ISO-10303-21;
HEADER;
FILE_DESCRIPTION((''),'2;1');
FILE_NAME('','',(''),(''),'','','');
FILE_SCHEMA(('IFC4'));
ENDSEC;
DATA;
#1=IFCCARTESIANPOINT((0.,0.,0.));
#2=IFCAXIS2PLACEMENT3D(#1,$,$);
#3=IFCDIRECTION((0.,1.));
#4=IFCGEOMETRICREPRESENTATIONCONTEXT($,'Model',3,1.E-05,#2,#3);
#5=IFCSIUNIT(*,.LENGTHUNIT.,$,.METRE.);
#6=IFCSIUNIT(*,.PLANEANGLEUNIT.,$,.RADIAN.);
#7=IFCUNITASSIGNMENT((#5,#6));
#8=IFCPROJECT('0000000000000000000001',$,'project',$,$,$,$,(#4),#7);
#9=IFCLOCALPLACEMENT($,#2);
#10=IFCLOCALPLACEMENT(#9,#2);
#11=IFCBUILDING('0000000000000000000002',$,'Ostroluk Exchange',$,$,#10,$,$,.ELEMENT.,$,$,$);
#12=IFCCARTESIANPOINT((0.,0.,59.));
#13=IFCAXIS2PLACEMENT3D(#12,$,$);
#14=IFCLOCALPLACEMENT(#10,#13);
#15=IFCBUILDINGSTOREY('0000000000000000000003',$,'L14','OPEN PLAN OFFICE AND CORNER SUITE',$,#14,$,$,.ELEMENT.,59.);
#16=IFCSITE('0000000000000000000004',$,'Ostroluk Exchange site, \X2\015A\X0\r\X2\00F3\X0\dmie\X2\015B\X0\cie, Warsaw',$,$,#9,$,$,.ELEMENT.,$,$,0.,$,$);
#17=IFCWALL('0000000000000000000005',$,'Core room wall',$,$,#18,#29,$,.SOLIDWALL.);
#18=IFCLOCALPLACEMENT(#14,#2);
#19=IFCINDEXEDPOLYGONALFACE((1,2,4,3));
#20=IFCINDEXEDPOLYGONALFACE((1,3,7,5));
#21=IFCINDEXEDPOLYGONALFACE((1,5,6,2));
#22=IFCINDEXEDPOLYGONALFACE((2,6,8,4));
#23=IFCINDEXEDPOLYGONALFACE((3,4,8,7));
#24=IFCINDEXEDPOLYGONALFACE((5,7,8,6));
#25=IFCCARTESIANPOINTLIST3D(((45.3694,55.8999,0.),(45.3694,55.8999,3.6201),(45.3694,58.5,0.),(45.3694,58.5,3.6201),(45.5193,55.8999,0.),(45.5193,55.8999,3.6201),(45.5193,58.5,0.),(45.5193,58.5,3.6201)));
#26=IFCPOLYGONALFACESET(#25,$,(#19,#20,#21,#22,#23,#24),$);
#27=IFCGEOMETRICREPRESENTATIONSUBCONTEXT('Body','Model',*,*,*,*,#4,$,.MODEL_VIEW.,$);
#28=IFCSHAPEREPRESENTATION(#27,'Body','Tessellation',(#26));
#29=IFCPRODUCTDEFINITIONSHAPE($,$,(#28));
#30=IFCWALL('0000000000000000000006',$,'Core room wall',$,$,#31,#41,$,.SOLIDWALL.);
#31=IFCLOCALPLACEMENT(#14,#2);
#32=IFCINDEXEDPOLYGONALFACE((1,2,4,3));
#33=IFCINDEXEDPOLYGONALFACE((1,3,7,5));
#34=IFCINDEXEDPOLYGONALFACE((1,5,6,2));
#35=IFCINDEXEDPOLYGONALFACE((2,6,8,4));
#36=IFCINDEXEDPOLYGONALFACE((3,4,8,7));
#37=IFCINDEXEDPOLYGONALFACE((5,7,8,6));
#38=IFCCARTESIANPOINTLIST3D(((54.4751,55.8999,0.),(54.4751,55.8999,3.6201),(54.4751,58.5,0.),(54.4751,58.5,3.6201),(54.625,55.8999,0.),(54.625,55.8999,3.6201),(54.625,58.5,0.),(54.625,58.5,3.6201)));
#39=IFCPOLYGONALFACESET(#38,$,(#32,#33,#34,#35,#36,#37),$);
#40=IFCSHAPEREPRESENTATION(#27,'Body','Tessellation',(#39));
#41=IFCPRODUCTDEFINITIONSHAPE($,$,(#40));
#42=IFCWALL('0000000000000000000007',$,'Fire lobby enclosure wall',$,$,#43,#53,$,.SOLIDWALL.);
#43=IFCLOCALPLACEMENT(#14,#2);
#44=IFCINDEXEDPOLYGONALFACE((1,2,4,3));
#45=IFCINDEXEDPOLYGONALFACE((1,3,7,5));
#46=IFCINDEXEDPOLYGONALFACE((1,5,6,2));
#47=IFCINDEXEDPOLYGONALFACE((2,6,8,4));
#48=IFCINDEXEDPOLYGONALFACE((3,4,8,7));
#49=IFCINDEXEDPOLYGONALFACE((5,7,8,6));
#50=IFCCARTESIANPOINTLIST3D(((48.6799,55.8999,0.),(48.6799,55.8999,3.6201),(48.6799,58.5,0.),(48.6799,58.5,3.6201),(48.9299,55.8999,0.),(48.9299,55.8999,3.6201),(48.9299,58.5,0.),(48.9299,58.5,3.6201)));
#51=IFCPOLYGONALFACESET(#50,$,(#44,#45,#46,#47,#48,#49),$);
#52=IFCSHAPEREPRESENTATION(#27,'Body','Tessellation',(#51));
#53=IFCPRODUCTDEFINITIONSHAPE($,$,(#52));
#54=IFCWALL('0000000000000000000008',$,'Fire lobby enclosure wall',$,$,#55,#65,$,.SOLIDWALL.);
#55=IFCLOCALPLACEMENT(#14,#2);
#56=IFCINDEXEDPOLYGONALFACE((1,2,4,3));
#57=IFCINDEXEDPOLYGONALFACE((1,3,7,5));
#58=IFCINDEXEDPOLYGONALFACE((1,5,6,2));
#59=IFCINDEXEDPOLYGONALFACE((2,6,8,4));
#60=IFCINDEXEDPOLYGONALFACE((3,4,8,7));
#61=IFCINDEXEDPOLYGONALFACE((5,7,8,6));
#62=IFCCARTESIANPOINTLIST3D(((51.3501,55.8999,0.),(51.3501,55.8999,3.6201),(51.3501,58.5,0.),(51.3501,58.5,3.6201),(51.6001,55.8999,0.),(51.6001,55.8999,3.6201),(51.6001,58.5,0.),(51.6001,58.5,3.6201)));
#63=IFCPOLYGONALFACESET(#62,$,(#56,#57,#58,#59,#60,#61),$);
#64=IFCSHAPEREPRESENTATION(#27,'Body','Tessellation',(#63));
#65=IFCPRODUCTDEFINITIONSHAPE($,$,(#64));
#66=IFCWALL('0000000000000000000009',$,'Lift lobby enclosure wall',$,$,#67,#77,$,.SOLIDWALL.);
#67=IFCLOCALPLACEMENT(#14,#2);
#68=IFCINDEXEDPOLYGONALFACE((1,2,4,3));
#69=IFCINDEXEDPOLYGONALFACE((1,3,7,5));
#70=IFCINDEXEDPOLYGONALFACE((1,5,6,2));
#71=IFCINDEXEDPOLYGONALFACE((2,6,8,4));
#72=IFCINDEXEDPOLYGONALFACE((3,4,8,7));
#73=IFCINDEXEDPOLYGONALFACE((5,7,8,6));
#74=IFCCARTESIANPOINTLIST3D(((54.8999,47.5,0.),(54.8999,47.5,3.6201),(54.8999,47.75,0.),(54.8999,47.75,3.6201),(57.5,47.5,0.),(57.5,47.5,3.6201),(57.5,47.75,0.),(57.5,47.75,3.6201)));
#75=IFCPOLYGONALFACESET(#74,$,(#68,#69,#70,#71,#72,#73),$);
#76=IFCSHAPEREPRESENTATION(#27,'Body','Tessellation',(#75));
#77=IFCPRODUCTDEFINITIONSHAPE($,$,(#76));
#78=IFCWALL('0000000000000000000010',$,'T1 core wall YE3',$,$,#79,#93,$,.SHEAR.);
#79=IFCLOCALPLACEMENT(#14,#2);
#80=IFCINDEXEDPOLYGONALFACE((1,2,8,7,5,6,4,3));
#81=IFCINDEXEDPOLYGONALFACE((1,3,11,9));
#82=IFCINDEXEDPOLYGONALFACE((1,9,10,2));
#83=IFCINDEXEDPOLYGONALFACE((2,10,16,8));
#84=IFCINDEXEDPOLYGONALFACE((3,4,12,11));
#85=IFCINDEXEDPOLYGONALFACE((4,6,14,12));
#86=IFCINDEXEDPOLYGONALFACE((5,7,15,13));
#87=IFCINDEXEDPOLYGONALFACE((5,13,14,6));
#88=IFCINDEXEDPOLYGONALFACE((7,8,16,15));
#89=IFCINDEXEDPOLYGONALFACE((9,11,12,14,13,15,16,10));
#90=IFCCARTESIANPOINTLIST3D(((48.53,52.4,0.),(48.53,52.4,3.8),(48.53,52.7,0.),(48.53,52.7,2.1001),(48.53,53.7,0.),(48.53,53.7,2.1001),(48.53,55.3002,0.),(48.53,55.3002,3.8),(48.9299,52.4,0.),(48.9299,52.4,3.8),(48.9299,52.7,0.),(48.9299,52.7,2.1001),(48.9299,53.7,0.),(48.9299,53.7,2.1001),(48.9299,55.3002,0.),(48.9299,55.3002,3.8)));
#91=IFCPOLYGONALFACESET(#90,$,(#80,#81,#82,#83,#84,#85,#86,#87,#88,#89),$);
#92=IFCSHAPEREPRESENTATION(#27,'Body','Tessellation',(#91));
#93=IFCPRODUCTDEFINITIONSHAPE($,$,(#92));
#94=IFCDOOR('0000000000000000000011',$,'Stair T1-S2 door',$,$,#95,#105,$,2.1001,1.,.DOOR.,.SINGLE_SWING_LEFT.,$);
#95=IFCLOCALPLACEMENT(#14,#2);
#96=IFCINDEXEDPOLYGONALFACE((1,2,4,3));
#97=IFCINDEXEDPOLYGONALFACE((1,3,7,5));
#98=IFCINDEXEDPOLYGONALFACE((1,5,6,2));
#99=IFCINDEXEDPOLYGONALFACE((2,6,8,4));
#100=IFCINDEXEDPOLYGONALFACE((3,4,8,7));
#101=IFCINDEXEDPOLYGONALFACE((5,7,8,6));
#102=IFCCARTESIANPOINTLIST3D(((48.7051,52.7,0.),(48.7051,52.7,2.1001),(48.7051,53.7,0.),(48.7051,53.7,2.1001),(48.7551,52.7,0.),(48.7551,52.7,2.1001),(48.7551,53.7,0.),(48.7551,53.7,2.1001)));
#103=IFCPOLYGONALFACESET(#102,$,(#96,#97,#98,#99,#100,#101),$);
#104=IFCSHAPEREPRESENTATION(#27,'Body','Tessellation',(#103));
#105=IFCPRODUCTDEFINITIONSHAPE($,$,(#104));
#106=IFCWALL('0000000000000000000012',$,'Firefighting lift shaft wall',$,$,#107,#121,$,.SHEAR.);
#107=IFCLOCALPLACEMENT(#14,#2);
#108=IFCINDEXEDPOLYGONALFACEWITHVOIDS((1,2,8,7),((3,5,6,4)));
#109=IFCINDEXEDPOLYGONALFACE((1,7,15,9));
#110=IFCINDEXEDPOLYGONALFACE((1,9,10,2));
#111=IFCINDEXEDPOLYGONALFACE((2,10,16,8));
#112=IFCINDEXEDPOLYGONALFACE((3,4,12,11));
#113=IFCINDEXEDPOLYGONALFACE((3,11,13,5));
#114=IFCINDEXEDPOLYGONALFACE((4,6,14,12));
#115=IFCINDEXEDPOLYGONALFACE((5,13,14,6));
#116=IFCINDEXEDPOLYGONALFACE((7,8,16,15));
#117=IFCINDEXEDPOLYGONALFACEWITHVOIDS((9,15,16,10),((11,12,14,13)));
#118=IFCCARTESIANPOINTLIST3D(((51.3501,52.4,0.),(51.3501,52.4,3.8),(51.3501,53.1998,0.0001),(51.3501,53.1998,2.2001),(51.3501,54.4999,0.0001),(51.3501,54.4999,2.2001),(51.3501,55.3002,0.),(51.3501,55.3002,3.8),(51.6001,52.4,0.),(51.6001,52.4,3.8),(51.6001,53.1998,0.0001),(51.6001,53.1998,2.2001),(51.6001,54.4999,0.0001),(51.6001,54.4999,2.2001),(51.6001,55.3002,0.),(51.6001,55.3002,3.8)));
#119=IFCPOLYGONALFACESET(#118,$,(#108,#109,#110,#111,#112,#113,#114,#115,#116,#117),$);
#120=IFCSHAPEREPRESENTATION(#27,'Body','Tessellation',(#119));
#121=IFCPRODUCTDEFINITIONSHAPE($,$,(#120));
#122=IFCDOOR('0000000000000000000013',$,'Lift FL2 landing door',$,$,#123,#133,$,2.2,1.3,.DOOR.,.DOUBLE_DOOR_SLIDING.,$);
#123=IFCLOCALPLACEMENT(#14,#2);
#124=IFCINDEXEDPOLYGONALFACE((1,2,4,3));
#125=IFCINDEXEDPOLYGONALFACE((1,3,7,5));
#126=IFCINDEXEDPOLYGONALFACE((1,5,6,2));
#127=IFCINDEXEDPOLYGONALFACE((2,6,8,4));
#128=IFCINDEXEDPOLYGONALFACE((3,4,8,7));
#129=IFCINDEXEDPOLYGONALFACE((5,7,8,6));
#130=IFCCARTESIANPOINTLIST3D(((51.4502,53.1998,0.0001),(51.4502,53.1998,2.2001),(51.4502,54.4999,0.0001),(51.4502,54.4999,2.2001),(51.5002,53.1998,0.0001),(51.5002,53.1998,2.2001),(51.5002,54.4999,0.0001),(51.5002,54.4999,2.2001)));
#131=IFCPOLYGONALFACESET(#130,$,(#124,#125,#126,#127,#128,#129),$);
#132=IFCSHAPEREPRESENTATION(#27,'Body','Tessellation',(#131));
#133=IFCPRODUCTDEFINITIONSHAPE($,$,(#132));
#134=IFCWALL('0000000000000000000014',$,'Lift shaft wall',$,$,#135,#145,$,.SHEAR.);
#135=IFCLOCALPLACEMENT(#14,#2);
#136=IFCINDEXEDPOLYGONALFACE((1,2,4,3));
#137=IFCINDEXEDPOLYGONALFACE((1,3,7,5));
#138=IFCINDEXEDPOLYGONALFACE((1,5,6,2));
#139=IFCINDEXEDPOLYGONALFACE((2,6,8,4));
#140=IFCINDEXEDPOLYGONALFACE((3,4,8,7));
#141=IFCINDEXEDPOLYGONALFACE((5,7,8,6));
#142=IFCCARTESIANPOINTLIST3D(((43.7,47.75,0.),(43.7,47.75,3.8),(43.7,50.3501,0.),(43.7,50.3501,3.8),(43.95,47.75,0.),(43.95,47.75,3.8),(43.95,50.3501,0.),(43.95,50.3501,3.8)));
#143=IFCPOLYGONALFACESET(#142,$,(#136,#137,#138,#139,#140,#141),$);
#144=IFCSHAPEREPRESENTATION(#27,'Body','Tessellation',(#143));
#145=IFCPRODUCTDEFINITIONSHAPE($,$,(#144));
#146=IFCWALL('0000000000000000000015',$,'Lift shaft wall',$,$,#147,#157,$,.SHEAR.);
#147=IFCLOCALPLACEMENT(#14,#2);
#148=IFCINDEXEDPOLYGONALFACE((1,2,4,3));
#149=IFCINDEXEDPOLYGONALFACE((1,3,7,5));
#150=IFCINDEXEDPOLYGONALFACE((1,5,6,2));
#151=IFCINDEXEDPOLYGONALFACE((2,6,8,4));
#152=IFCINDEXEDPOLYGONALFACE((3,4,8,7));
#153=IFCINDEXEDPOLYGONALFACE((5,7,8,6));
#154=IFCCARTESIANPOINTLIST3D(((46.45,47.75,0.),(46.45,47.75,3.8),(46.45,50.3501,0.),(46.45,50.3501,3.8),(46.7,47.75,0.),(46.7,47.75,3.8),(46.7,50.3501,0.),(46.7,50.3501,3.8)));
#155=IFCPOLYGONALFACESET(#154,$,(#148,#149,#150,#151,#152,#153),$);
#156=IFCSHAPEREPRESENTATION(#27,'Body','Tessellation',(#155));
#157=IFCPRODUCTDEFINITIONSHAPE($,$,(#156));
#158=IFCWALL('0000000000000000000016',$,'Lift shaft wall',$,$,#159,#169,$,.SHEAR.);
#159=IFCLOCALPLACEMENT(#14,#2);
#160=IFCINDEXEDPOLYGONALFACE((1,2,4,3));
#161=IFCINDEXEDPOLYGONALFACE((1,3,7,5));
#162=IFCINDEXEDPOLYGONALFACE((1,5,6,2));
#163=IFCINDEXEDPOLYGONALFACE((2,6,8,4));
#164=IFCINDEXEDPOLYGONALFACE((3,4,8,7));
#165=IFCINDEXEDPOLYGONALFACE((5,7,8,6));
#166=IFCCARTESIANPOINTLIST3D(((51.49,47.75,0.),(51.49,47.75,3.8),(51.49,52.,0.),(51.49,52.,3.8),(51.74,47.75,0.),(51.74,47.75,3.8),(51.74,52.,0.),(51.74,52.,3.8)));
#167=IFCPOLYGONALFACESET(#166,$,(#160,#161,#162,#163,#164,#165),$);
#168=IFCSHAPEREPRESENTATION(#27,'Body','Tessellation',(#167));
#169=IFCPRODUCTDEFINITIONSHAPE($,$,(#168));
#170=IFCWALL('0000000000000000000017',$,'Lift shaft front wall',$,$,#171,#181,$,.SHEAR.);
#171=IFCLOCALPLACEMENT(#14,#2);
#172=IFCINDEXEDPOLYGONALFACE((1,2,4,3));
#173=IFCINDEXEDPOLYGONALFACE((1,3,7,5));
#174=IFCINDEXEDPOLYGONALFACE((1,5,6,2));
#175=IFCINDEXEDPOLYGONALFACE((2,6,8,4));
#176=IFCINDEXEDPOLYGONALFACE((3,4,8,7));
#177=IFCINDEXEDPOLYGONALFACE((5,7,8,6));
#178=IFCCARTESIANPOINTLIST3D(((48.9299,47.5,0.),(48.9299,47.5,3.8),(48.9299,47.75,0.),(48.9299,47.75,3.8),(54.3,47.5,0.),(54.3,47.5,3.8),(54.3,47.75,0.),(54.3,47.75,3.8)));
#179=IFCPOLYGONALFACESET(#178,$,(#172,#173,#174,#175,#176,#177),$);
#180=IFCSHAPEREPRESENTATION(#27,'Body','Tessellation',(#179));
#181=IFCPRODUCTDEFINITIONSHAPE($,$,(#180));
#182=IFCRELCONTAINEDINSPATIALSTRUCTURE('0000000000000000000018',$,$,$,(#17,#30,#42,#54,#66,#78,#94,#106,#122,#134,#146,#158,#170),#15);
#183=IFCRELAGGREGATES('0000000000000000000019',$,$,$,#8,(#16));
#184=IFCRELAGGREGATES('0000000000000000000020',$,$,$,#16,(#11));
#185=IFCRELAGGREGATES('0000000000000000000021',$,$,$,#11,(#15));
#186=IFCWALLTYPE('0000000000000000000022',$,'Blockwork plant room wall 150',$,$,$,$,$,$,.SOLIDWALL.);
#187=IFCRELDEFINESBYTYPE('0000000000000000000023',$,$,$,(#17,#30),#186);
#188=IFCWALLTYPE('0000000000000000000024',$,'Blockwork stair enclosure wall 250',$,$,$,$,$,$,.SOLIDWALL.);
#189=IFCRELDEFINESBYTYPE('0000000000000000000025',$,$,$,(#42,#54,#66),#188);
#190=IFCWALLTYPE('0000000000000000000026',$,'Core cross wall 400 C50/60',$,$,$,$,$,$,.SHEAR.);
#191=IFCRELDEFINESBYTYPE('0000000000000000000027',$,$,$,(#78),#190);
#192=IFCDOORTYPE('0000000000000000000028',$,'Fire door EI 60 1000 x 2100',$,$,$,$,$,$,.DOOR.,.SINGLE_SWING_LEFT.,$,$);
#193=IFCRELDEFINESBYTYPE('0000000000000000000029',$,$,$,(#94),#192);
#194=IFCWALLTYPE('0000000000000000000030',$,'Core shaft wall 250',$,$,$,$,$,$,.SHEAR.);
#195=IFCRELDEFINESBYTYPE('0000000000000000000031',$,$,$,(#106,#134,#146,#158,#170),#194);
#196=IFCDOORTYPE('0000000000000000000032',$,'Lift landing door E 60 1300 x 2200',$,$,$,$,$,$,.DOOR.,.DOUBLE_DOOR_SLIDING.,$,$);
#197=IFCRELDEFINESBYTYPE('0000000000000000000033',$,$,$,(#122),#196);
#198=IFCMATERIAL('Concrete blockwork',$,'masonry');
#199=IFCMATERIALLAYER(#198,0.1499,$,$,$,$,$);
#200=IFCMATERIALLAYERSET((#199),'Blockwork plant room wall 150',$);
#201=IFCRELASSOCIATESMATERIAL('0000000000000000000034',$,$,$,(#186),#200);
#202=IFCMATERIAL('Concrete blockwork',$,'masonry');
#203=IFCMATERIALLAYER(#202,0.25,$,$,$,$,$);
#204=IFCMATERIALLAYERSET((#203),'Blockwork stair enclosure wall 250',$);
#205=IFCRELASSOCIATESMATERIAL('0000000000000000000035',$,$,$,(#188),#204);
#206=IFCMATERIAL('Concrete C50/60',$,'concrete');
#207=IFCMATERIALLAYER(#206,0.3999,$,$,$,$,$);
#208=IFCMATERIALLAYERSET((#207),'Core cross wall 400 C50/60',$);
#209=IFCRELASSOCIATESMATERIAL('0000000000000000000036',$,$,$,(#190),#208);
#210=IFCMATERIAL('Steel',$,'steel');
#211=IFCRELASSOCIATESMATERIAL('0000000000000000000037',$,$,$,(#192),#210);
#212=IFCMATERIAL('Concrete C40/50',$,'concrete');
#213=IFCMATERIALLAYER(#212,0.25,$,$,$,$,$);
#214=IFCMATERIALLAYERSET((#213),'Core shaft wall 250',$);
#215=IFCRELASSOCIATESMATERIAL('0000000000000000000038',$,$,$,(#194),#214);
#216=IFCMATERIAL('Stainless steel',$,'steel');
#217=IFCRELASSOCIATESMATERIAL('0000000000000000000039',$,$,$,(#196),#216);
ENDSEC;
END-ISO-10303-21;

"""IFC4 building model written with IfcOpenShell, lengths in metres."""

from ifc_helpers import new_model, si_unit, direction, frame, frame_2d, origin, place, context, subcontext, project, spatial, rectangle, extrude, material, layer, layer_set, type_object, element, fill, save


model = new_model("IFC4")

# Units and contexts
model_context = context("Model", 3, precision=1e-05, world=origin(), true_north=direction((0.0, 1.0)))
body_context = subcontext(model_context, "Body", "Model", "MODEL_VIEW")
ifc_project = project(units=[si_unit("LENGTHUNIT", "METRE"), si_unit("PLANEANGLEUNIT", "RADIAN")], contexts=[model_context])

# Site, building, storey
site_placement = place(None, origin())
site = spatial("IfcSite", under=ifc_project, at=site_placement, Name="Ostroluk Exchange site, Śródmieście, Warsaw", CompositionType="ELEMENT", RefElevation=0.0)
building_placement = place(site_placement, origin())
building = spatial("IfcBuilding", under=site, at=building_placement, Name="Ostroluk Exchange", CompositionType="ELEMENT")
storey_placement = place(building_placement, frame((0.0, 0.0, 59.0)))
storey = spatial("IfcBuildingStorey", under=building, at=storey_placement, Name="L14", Description="OPEN PLAN OFFICE AND CORNER SUITE", CompositionType="ELEMENT", Elevation=59.0)

# Walls
ifc_material_1 = material(Name="Concrete blockwork", Category="masonry")
ifc_layer_1 = layer(ifc_material_1, 0.1499)
ifc_layer_set_1 = layer_set([ifc_layer_1], Name="Blockwork plant room wall 150")
wall_type_1 = type_object("IfcWallType", Name="Blockwork plant room wall 150", PredefinedType="SOLIDWALL", material=ifc_layer_set_1)
for number, where, z_axis, x_axis, name in (
    (1, (45.4443, 55.8999, 0.0), (0.0, 0.0, 1.0), (0.0, 1.0, 0.0), "Core room wall"),
    (2, (54.55, 55.8999, 0.0), (0.0, 0.0, 1.0), (0.0, 1.0, 0.0), "Core room wall"),
):
    element("IfcWall", number, at=place(storey_placement, frame(where, z_axis=z_axis, x_axis=x_axis)), inside=storey, type_object=wall_type_1, Name=name, PredefinedType="SOLIDWALL", context=body_context, shape_type="SweptSolid", body=[
        extrude(rectangle(XDim=2.6001, YDim=0.1499, at=frame_2d((1.3, 0.0))), origin(), (0.0, 0.0, 1.0), 3.6201),
    ])
ifc_material_2 = material(Name="Concrete blockwork", Category="masonry")
ifc_layer_2 = layer(ifc_material_2, 0.25)
ifc_layer_set_2 = layer_set([ifc_layer_2], Name="Blockwork stair enclosure wall 250")
wall_type_2 = type_object("IfcWallType", Name="Blockwork stair enclosure wall 250", PredefinedType="SOLIDWALL", material=ifc_layer_set_2)
for number, where, z_axis, x_axis, name in (
    (3, (48.8049, 55.8999, 0.0), (0.0, 0.0, 1.0), (0.0, 1.0, 0.0), "Fire lobby enclosure wall"),
    (4, (51.4751, 55.8999, 0.0), (0.0, 0.0, 1.0), (0.0, 1.0, 0.0), "Fire lobby enclosure wall"),
    (5, (54.8999, 47.625, 0.0), (0.0, 0.0, 1.0), (1.0, 0.0, 0.0), "Lift lobby enclosure wall"),
):
    element("IfcWall", number, at=place(storey_placement, frame(where, z_axis=z_axis, x_axis=x_axis)), inside=storey, type_object=wall_type_2, Name=name, PredefinedType="SOLIDWALL", context=body_context, shape_type="SweptSolid", body=[
        extrude(rectangle(XDim=2.6001, YDim=0.25, at=frame_2d((1.3, 0.0))), origin(), (0.0, 0.0, 1.0), 3.6201),
    ])

# Walls, openings, doors
ifc_material_3 = material(Name="Concrete C50/60", Category="concrete")
ifc_layer_3 = layer(ifc_material_3, 0.3999)
ifc_layer_set_3 = layer_set([ifc_layer_3], Name="Core cross wall 400 C50/60")
wall_type_3 = type_object("IfcWallType", Name="Core cross wall 400 C50/60", PredefinedType="SHEAR", material=ifc_layer_set_3)
wall_1_placement = place(storey_placement, frame((48.73, 52.3999, 0.0), z_axis=(0.0, 0.0, 1.0), x_axis=(0.0, 1.0, 0.0)))
wall_1 = element("IfcWall", 6, at=wall_1_placement, inside=storey, type_object=wall_type_3, Name="T1 core wall YE3", PredefinedType="SHEAR", context=body_context, shape_type="SweptSolid", body=[
    extrude(rectangle(XDim=2.9001, YDim=0.3999, at=frame_2d((1.4502, 0.0))), origin(), (0.0, 0.0, 1.0), 3.8),
])
opening_1_placement = place(wall_1_placement, frame((0.3, 0.0, 0.0)))
opening_1 = element("IfcOpeningElement", 7, at=opening_1_placement, cuts=wall_1, PredefinedType="OPENING", context=body_context, shape_type="SweptSolid", body=[
    extrude(rectangle(XDim=1.0, YDim=2.1001, at=frame_2d((0.5, 1.05))), frame((0.0, 0.21, 0.0), z_axis=(0.0, -1.0, 0.0), x_axis=(1.0, 0.0, 0.0)), (0.0, 0.0, 1.0), 0.4199),
])
ifc_material_4 = material(Name="Steel", Category="steel")
door_type_1 = type_object("IfcDoorType", Name="Fire door EI 60 1000 x 2100", OperationType="SINGLE_SWING_LEFT", PredefinedType="DOOR", material=ifc_material_4)
door_1_placement = place(opening_1_placement, origin())
door_1 = element("IfcDoor", 8, at=door_1_placement, inside=storey, type_object=door_type_1, Name="Stair T1-S2 door", OperationType="SINGLE_SWING_LEFT", OverallHeight=2.1001, OverallWidth=1.0, PredefinedType="DOOR", context=body_context, shape_type="SweptSolid", body=[
    extrude(rectangle(XDim=1.0, YDim=2.1001, at=frame_2d((0.5, 1.05))), frame((0.0, 0.0249, 0.0), z_axis=(0.0, -1.0, 0.0), x_axis=(1.0, 0.0, 0.0)), (0.0, 0.0, 1.0), 0.05),
])
fill(opening_1, door_1)
ifc_material_5 = material(Name="Concrete C40/50", Category="concrete")
ifc_layer_4 = layer(ifc_material_5, 0.25)
ifc_layer_set_4 = layer_set([ifc_layer_4], Name="Core shaft wall 250")
wall_type_4 = type_object("IfcWallType", Name="Core shaft wall 250", PredefinedType="SHEAR", material=ifc_layer_set_4)
wall_2_placement = place(storey_placement, frame((51.4751, 52.3999, 0.0), z_axis=(0.0, 0.0, 1.0), x_axis=(0.0, 1.0, 0.0)))
wall_2 = element("IfcWall", 9, at=wall_2_placement, inside=storey, type_object=wall_type_4, Name="Firefighting lift shaft wall", PredefinedType="SHEAR", context=body_context, shape_type="SweptSolid", body=[
    extrude(rectangle(XDim=2.9001, YDim=0.25, at=frame_2d((1.4502, 0.0))), origin(), (0.0, 0.0, 1.0), 3.8),
])
opening_2_placement = place(wall_2_placement, frame((0.8, 0.0, 0.0)))
opening_2 = element("IfcOpeningElement", 10, at=opening_2_placement, cuts=wall_2, PredefinedType="OPENING", context=body_context, shape_type="SweptSolid", body=[
    extrude(rectangle(XDim=1.3, YDim=2.2, at=frame_2d((0.6499, 1.1001))), frame((0.0, 0.135, 0.0), z_axis=(0.0, -1.0, 0.0), x_axis=(1.0, 0.0, 0.0)), (0.0, 0.0, 1.0), 0.27),
])
ifc_material_6 = material(Name="Stainless steel", Category="steel")
door_type_2 = type_object("IfcDoorType", Name="Lift landing door E 60 1300 x 2200", OperationType="DOUBLE_DOOR_SLIDING", PredefinedType="DOOR", material=ifc_material_6)
door_2_placement = place(opening_2_placement, origin())
door_2 = element("IfcDoor", 11, at=door_2_placement, inside=storey, type_object=door_type_2, Name="Lift FL2 landing door", OperationType="DOUBLE_DOOR_SLIDING", OverallHeight=2.2, OverallWidth=1.3, PredefinedType="DOOR", context=body_context, shape_type="SweptSolid", body=[
    extrude(rectangle(XDim=1.3, YDim=2.2, at=frame_2d((0.6499, 1.1001))), frame((0.0, 0.0249, 0.0), z_axis=(0.0, -1.0, 0.0), x_axis=(1.0, 0.0, 0.0)), (0.0, 0.0, 1.0), 0.05),
])
fill(opening_2, door_2)

# Walls
for number, where, z_axis, x_axis, name in (
    (12, (43.825, 47.75, 0.0), (0.0, 0.0, 1.0), (0.0, 1.0, 0.0), "Lift shaft wall"),
    (13, (46.575, 47.75, 0.0), (0.0, 0.0, 1.0), (0.0, 1.0, 0.0), "Lift shaft wall"),
):
    element("IfcWall", number, at=place(storey_placement, frame(where, z_axis=z_axis, x_axis=x_axis)), inside=storey, type_object=wall_type_4, Name=name, PredefinedType="SHEAR", context=body_context, shape_type="SweptSolid", body=[
        extrude(rectangle(XDim=2.6001, YDim=0.25, at=frame_2d((1.3, 0.0))), origin(), (0.0, 0.0, 1.0), 3.8),
    ])
wall_3_placement = place(storey_placement, frame((51.615, 47.75, 0.0), z_axis=(0.0, 0.0, 1.0), x_axis=(0.0, 1.0, 0.0)))
element("IfcWall", 14, at=wall_3_placement, inside=storey, type_object=wall_type_4, Name="Lift shaft wall", PredefinedType="SHEAR", context=body_context, shape_type="SweptSolid", body=[
    extrude(rectangle(XDim=4.25, YDim=0.25, at=frame_2d((2.125, 0.0))), origin(), (0.0, 0.0, 1.0), 3.8),
])
wall_4_placement = place(storey_placement, frame((48.9299, 47.625, 0.0), z_axis=(0.0, 0.0, 1.0), x_axis=(1.0, 0.0, 0.0)))
element("IfcWall", 15, at=wall_4_placement, inside=storey, type_object=wall_type_4, Name="Lift shaft front wall", PredefinedType="SHEAR", context=body_context, shape_type="SweptSolid", body=[
    extrude(rectangle(XDim=5.3701, YDim=0.25, at=frame_2d((2.6851, 0.0))), origin(), (0.0, 0.0, 1.0), 3.8),
])

save(model, "model.ifc")
